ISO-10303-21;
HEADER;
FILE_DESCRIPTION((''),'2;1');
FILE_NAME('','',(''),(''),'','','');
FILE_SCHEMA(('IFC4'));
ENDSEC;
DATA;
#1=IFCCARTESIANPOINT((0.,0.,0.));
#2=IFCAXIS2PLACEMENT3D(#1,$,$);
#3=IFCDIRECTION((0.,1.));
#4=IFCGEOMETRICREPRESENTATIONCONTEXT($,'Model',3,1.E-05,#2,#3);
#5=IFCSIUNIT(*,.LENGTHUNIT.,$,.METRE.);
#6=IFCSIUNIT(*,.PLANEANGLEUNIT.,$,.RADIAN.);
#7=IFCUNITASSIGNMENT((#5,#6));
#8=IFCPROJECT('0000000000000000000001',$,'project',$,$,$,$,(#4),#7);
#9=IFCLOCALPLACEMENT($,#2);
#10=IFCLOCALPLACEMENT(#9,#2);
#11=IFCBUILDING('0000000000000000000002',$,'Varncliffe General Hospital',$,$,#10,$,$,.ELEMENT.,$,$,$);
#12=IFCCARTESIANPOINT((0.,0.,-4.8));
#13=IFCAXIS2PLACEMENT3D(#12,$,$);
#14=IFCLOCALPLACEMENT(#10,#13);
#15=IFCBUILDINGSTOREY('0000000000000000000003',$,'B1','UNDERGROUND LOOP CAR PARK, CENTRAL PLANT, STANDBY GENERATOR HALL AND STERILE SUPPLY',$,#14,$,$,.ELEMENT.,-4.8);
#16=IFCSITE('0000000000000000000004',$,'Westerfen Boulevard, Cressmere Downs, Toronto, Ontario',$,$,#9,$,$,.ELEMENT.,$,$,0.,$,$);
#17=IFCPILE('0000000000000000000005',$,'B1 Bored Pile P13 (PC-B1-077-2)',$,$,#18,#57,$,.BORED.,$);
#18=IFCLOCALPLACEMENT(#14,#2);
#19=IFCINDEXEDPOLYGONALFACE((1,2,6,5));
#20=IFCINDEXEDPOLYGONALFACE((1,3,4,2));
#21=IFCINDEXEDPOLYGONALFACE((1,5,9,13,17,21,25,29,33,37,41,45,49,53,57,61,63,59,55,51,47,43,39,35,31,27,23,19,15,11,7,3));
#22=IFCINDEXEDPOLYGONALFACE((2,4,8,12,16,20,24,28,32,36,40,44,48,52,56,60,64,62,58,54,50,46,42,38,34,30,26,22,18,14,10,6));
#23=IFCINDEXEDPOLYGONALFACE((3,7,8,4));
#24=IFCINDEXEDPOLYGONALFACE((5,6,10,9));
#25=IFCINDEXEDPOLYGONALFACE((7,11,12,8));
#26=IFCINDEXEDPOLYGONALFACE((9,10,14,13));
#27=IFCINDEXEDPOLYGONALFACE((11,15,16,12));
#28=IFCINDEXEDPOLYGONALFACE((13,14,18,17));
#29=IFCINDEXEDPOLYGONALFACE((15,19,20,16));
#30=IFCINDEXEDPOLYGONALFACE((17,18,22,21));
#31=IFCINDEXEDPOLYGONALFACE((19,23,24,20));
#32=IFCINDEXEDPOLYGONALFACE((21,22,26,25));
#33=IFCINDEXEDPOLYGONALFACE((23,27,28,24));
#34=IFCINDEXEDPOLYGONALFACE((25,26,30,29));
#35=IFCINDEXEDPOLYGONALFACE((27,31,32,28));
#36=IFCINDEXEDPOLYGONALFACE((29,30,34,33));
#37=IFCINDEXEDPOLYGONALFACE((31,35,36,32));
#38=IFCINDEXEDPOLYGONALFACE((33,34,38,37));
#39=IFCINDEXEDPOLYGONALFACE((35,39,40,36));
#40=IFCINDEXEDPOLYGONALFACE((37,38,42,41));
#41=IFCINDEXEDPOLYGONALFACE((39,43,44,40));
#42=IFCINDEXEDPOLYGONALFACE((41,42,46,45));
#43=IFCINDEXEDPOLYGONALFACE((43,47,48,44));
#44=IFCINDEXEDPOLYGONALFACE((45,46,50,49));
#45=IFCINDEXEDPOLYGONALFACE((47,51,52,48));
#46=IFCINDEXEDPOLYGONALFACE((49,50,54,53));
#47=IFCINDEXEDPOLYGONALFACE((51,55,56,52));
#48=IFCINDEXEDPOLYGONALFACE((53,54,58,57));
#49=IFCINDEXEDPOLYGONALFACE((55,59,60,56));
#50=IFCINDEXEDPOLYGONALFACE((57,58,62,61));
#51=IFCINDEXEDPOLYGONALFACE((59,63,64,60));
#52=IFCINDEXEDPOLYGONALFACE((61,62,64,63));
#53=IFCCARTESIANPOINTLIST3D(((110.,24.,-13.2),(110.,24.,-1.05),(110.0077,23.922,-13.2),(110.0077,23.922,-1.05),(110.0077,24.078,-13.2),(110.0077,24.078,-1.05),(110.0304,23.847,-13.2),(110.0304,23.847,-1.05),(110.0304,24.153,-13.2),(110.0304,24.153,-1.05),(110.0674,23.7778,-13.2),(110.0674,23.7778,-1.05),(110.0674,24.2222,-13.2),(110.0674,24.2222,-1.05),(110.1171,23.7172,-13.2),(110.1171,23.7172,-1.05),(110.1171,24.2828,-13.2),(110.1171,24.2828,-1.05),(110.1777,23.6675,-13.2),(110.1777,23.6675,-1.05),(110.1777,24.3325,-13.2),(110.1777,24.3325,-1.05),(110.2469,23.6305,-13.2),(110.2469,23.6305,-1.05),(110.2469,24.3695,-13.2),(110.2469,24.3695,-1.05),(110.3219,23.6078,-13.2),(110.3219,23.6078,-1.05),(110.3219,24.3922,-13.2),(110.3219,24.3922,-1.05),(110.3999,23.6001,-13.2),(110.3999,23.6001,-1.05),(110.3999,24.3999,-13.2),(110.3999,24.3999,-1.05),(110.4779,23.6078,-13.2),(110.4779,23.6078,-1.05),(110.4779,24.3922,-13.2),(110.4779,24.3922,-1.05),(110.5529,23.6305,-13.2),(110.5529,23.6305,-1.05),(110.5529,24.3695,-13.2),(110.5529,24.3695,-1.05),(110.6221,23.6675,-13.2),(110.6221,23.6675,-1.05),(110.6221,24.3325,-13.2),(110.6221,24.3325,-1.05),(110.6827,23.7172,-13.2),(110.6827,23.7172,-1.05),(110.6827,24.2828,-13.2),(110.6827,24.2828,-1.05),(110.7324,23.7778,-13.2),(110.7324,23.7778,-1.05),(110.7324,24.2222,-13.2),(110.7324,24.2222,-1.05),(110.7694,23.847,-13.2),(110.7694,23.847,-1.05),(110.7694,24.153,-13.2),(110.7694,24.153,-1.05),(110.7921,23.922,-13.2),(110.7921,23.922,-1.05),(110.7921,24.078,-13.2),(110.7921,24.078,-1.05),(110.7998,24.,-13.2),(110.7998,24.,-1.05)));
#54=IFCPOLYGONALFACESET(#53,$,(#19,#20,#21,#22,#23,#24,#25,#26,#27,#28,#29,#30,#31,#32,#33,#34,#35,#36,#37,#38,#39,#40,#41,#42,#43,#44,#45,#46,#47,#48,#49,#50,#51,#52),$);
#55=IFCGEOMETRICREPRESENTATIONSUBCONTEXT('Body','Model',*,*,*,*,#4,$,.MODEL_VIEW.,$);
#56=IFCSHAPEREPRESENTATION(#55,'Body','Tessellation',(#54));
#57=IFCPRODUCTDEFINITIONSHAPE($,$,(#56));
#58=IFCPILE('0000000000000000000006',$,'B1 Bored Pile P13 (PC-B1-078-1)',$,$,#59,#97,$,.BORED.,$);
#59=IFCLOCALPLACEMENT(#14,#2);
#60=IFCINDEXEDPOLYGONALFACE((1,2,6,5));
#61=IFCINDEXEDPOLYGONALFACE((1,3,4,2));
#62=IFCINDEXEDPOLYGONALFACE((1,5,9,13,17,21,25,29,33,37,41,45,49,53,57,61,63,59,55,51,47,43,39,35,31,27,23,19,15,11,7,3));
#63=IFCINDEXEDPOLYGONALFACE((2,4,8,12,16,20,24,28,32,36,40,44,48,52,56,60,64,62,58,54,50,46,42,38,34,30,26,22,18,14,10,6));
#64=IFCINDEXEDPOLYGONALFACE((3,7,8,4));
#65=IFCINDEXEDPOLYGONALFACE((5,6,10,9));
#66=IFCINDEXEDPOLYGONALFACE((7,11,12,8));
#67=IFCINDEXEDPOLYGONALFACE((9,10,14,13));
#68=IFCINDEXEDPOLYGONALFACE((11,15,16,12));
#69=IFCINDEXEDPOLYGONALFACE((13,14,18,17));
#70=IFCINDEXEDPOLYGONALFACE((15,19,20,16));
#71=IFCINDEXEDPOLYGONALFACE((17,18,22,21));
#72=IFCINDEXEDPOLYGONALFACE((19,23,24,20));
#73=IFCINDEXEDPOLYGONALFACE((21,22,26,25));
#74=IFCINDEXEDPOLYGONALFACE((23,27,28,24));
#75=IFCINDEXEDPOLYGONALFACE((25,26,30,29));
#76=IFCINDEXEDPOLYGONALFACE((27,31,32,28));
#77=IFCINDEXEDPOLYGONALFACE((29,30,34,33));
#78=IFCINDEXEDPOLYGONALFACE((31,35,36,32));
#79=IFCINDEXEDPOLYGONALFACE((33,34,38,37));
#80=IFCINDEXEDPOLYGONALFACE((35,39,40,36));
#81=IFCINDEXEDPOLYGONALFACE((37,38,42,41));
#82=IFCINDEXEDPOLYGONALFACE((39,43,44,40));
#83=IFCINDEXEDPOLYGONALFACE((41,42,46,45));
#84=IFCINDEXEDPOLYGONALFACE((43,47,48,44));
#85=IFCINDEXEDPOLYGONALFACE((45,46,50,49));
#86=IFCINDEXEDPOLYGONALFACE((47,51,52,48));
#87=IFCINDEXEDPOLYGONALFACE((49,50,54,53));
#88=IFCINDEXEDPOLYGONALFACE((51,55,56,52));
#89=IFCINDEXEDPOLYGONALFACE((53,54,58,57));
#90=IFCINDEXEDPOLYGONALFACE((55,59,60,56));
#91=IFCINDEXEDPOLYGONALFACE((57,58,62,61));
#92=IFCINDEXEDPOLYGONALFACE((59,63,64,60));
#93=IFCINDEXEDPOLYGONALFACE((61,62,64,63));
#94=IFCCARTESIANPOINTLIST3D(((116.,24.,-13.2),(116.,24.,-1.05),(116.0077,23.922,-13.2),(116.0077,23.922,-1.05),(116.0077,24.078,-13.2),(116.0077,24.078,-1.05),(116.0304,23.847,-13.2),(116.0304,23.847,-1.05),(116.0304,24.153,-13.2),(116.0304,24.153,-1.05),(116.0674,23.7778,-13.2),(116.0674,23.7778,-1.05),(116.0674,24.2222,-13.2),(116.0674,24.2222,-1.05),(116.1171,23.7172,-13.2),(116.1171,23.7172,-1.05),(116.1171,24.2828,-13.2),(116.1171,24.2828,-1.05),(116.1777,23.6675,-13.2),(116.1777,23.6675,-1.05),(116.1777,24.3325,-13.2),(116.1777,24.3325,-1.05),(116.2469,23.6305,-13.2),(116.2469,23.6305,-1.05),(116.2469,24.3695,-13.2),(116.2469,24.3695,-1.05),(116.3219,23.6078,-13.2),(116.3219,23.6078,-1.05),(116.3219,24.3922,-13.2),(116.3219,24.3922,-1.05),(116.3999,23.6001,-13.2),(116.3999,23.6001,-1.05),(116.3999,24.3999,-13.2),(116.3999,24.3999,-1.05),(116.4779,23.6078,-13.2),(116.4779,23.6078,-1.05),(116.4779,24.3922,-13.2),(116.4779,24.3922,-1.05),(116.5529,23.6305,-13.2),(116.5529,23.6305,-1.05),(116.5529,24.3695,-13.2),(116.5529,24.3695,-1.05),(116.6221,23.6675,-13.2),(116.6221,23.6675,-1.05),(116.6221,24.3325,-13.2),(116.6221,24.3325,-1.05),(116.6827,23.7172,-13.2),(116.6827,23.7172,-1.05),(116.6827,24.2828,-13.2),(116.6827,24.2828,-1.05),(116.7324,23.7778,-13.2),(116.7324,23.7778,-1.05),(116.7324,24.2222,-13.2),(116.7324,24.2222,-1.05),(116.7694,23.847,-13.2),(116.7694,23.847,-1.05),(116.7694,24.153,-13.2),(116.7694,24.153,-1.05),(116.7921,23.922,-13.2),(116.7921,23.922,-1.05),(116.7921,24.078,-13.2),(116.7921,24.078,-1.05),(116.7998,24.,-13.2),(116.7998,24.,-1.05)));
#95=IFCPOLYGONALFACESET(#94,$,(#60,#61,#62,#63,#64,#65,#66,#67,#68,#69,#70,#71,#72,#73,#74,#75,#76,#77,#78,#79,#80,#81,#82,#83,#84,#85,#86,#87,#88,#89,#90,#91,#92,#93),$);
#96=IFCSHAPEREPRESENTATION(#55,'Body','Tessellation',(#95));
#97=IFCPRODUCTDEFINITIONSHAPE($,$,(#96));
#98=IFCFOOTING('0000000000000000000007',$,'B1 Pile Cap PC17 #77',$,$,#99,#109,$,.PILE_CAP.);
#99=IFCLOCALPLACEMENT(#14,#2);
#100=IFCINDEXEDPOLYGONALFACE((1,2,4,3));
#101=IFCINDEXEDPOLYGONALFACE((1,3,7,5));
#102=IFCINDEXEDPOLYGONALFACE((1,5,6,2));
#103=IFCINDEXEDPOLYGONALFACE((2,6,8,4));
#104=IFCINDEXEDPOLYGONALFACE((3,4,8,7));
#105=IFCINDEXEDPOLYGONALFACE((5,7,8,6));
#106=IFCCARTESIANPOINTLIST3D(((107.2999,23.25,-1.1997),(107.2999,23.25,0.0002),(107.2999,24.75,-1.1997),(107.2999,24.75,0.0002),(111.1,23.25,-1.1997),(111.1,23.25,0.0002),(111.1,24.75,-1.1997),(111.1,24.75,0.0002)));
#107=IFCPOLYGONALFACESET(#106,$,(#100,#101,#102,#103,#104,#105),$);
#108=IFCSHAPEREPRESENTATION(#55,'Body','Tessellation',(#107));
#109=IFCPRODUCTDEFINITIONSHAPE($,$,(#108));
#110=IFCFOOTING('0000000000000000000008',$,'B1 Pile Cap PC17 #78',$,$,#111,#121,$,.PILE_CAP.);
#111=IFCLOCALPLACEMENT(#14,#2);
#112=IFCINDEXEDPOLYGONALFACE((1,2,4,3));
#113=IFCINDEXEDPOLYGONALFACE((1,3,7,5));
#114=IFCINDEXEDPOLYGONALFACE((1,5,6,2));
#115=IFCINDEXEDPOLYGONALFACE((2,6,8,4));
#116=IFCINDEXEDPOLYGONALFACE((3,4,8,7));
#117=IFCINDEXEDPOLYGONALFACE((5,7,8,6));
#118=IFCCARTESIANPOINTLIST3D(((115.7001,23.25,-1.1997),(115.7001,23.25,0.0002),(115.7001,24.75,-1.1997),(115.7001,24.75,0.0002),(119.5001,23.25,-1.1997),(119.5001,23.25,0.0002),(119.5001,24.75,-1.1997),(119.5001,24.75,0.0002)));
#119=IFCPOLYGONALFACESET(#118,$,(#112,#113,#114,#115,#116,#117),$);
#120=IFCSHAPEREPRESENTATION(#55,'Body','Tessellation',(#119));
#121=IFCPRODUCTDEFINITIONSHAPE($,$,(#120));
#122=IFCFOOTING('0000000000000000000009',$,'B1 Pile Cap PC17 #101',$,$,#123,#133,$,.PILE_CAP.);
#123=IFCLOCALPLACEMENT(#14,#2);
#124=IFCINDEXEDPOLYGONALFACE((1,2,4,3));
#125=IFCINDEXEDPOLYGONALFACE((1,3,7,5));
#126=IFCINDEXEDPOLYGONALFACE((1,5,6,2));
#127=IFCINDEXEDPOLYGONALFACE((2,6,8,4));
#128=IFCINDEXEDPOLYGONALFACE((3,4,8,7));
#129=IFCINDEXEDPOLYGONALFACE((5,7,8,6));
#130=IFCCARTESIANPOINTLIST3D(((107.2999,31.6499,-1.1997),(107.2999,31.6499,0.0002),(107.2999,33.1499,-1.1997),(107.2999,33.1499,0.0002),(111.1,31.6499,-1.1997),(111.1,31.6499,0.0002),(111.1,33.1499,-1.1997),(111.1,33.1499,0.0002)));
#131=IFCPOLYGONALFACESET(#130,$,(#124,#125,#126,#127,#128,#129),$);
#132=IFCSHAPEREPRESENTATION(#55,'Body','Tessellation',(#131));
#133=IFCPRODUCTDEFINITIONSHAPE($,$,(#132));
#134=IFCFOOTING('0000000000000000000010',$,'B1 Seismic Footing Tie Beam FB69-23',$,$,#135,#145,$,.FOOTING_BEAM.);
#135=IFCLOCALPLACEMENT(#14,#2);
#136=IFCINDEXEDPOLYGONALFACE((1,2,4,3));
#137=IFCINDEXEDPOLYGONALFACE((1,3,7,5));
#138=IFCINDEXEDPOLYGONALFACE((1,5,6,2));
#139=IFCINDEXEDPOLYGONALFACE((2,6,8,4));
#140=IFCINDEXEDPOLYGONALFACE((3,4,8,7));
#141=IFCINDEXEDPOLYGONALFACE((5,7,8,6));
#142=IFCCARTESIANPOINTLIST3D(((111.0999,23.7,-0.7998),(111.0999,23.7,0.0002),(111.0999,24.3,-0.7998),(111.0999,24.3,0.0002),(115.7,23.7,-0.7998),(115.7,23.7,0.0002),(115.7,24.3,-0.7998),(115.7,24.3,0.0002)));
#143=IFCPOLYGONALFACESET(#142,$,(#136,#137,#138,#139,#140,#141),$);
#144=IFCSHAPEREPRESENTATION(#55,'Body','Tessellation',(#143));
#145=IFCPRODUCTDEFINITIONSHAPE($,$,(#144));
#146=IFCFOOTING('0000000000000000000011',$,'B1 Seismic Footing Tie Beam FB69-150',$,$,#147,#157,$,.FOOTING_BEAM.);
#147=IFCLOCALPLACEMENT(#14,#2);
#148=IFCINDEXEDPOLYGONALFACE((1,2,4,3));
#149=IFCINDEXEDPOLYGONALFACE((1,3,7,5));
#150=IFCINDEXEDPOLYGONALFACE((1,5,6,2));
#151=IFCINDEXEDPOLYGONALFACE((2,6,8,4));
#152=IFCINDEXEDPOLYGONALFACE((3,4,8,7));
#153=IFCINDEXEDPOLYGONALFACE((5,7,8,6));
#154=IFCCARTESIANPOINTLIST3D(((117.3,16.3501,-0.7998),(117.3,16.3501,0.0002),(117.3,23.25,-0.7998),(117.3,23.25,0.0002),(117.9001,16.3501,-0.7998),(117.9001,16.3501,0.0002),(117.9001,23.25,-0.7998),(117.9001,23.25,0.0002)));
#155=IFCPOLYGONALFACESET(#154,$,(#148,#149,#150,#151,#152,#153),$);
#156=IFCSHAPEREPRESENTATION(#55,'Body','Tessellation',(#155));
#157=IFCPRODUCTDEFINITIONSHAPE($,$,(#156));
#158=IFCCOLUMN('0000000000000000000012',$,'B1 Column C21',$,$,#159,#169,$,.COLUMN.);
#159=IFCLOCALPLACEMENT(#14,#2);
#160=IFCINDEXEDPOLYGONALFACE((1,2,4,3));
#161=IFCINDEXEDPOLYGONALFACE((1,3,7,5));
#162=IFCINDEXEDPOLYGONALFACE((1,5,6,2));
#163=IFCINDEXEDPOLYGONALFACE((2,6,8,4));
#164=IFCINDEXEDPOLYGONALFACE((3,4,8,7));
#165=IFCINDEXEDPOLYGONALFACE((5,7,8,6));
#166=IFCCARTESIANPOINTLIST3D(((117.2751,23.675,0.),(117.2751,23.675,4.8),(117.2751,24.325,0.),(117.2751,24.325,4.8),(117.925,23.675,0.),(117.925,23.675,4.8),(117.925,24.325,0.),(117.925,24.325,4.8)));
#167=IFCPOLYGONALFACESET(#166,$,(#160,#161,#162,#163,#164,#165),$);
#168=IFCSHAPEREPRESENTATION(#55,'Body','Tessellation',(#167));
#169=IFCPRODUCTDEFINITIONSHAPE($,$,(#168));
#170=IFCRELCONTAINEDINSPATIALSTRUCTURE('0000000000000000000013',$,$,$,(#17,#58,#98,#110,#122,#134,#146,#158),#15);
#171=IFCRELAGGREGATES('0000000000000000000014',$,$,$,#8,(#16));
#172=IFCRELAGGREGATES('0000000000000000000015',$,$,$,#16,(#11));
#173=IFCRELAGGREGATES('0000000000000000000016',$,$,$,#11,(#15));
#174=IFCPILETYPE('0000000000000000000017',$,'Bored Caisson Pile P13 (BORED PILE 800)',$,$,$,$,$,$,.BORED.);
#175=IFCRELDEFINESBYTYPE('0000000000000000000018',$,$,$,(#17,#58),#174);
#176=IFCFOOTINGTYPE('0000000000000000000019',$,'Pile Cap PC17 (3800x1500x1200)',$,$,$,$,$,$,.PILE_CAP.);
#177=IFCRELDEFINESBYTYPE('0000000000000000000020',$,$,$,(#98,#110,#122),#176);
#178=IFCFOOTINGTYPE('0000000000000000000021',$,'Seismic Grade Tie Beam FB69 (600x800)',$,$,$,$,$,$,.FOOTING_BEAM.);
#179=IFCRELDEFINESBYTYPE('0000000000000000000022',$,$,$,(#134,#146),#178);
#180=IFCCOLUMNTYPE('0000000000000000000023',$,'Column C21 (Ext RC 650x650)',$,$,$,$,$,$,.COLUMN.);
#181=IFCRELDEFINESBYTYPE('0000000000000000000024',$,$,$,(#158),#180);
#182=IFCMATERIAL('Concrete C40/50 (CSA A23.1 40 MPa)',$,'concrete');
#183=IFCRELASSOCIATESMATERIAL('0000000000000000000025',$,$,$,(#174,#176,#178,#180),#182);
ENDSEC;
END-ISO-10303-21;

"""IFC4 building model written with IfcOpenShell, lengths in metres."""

from ifc_helpers import new_model, si_unit, direction, frame, origin, origin_2d, place, context, subcontext, project, spatial, rectangle, circle, extrude, material, material_profile, profile_set, type_object, element, save


model = new_model("IFC4")

# Units and contexts
model_context = context("Model", 3, precision=1e-05, world=origin(), true_north=direction((0.0, 1.0)))
body_context = subcontext(model_context, "Body", "Model", "MODEL_VIEW")
ifc_project = project(units=[si_unit("LENGTHUNIT", "METRE"), si_unit("PLANEANGLEUNIT", "RADIAN")], contexts=[model_context])

# Site, building, storey
site_placement = place(None, origin())
site = spatial("IfcSite", under=ifc_project, at=site_placement, Name="Westerfen Boulevard, Cressmere Downs, Toronto, Ontario", CompositionType="ELEMENT", RefElevation=0.0)
building_placement = place(site_placement, origin())
building = spatial("IfcBuilding", under=site, at=building_placement, Name="Varncliffe General Hospital", CompositionType="ELEMENT")
storey_placement = place(building_placement, frame((0.0, 0.0, -4.8)))
storey = spatial("IfcBuildingStorey", under=building, at=storey_placement, Name="B1", Description="UNDERGROUND LOOP CAR PARK, CENTRAL PLANT, STANDBY GENERATOR HALL AND STERILE SUPPLY", CompositionType="ELEMENT", Elevation=-4.8)

# Piles
ifc_material_1 = material(Name="Concrete C40/50 (CSA A23.1 40 MPa)", Category="concrete")
ifc_material_profile_1 = material_profile(ifc_material_1, circle(Radius=0.3999, at=origin_2d()), Name="BORED PILE 800")
ifc_profile_set_1 = profile_set([ifc_material_profile_1], Name="Concrete C40/50 (CSA A23.1 40 MPa)")
pile_type = type_object("IfcPileType", Name="Bored Caisson Pile P13 (BORED PILE 800)", PredefinedType="BORED", material=ifc_profile_set_1)
for number, where, z_axis, x_axis, name in (
    (1, (110.3999, 24.0, -1.05), (0.0, 0.0, -1.0), (1.0, 0.0, 0.0), "B1 Bored Pile P13 (PC-B1-077-2)"),
    (2, (116.3999, 24.0, -1.05), (0.0, 0.0, -1.0), (1.0, 0.0, 0.0), "B1 Bored Pile P13 (PC-B1-078-1)"),
):
    element("IfcPile", number, at=place(storey_placement, frame(where, z_axis=z_axis, x_axis=x_axis)), inside=storey, type_object=pile_type, Name=name, PredefinedType="BORED", context=body_context, shape_type="SweptSolid", body=[
        extrude(circle(Radius=0.3999, at=origin_2d()), origin(), (0.0, 0.0, 1.0), 12.1499),
    ])

# Footings
footing_type_1 = type_object("IfcFootingType", Name="Pile Cap PC17 (3800x1500x1200)", PredefinedType="PILE_CAP", material=ifc_material_1)
for number, where, z_axis, x_axis, name in (
    (3, (109.2, 24.0, -1.1997), (0.0, 0.0, 1.0), (1.0, 0.0, 0.0), "B1 Pile Cap PC17 #77"),
    (4, (117.6001, 24.0, -1.1997), (0.0, 0.0, 1.0), (1.0, 0.0, 0.0), "B1 Pile Cap PC17 #78"),
    (5, (109.2, 32.3999, -1.1997), (0.0, 0.0, 1.0), (1.0, 0.0, 0.0), "B1 Pile Cap PC17 #101"),
):
    element("IfcFooting", number, at=place(storey_placement, frame(where, z_axis=z_axis, x_axis=x_axis)), inside=storey, type_object=footing_type_1, Name=name, PredefinedType="PILE_CAP", context=body_context, shape_type="SweptSolid", body=[
        extrude(rectangle(XDim=3.8, YDim=1.5, at=origin_2d()), origin(), (0.0, 0.0, 1.0), 1.2),
    ])
footing_type_2 = type_object("IfcFootingType", Name="Seismic Grade Tie Beam FB69 (600x800)", PredefinedType="FOOTING_BEAM", material=ifc_material_1)
footing_1_placement = place(storey_placement, frame((113.3999, 24.0, -0.7998), z_axis=(0.0, 0.0, 1.0), x_axis=(1.0, 0.0, 0.0)))
element("IfcFooting", 6, at=footing_1_placement, inside=storey, type_object=footing_type_2, Name="B1 Seismic Footing Tie Beam FB69-23", PredefinedType="FOOTING_BEAM", context=body_context, shape_type="SweptSolid", body=[
    extrude(rectangle(XDim=4.6001, YDim=0.6001, at=origin_2d()), origin(), (0.0, 0.0, 1.0), 0.8),
])
footing_2_placement = place(storey_placement, frame((117.6001, 19.8, -0.7998), z_axis=(0.0, 0.0, 1.0), x_axis=(1.0, 0.0, 0.0)))
element("IfcFooting", 7, at=footing_2_placement, inside=storey, type_object=footing_type_2, Name="B1 Seismic Footing Tie Beam FB69-150", PredefinedType="FOOTING_BEAM", context=body_context, shape_type="SweptSolid", body=[
    extrude(rectangle(XDim=0.6001, YDim=6.8999, at=origin_2d()), origin(), (0.0, 0.0, 1.0), 0.8),
])

# Column
ifc_material_profile_2 = material_profile(ifc_material_1, rectangle(XDim=0.6499, YDim=0.6499, at=origin_2d()), Name="RC 650x650")
ifc_profile_set_2 = profile_set([ifc_material_profile_2], Name="Concrete C40/50 (CSA A23.1 40 MPa)")
column_type_1 = type_object("IfcColumnType", Name="Column C21 (Ext RC 650x650)", PredefinedType="COLUMN", material=ifc_profile_set_2)
column_placement = place(storey_placement, frame((117.6001, 24.0, 0.0), z_axis=(0.0, 0.0, 1.0), x_axis=(1.0, 0.0, 0.0)))
element("IfcColumn", 8, at=column_placement, inside=storey, type_object=column_type_1, Name="B1 Column C21", PredefinedType="COLUMN", context=body_context, shape_type="SweptSolid", body=[
    extrude(rectangle(XDim=0.6499, YDim=0.6499, at=origin_2d()), origin(), (0.0, 0.0, 1.0), 4.8),
])

save(model, "model.ifc")
